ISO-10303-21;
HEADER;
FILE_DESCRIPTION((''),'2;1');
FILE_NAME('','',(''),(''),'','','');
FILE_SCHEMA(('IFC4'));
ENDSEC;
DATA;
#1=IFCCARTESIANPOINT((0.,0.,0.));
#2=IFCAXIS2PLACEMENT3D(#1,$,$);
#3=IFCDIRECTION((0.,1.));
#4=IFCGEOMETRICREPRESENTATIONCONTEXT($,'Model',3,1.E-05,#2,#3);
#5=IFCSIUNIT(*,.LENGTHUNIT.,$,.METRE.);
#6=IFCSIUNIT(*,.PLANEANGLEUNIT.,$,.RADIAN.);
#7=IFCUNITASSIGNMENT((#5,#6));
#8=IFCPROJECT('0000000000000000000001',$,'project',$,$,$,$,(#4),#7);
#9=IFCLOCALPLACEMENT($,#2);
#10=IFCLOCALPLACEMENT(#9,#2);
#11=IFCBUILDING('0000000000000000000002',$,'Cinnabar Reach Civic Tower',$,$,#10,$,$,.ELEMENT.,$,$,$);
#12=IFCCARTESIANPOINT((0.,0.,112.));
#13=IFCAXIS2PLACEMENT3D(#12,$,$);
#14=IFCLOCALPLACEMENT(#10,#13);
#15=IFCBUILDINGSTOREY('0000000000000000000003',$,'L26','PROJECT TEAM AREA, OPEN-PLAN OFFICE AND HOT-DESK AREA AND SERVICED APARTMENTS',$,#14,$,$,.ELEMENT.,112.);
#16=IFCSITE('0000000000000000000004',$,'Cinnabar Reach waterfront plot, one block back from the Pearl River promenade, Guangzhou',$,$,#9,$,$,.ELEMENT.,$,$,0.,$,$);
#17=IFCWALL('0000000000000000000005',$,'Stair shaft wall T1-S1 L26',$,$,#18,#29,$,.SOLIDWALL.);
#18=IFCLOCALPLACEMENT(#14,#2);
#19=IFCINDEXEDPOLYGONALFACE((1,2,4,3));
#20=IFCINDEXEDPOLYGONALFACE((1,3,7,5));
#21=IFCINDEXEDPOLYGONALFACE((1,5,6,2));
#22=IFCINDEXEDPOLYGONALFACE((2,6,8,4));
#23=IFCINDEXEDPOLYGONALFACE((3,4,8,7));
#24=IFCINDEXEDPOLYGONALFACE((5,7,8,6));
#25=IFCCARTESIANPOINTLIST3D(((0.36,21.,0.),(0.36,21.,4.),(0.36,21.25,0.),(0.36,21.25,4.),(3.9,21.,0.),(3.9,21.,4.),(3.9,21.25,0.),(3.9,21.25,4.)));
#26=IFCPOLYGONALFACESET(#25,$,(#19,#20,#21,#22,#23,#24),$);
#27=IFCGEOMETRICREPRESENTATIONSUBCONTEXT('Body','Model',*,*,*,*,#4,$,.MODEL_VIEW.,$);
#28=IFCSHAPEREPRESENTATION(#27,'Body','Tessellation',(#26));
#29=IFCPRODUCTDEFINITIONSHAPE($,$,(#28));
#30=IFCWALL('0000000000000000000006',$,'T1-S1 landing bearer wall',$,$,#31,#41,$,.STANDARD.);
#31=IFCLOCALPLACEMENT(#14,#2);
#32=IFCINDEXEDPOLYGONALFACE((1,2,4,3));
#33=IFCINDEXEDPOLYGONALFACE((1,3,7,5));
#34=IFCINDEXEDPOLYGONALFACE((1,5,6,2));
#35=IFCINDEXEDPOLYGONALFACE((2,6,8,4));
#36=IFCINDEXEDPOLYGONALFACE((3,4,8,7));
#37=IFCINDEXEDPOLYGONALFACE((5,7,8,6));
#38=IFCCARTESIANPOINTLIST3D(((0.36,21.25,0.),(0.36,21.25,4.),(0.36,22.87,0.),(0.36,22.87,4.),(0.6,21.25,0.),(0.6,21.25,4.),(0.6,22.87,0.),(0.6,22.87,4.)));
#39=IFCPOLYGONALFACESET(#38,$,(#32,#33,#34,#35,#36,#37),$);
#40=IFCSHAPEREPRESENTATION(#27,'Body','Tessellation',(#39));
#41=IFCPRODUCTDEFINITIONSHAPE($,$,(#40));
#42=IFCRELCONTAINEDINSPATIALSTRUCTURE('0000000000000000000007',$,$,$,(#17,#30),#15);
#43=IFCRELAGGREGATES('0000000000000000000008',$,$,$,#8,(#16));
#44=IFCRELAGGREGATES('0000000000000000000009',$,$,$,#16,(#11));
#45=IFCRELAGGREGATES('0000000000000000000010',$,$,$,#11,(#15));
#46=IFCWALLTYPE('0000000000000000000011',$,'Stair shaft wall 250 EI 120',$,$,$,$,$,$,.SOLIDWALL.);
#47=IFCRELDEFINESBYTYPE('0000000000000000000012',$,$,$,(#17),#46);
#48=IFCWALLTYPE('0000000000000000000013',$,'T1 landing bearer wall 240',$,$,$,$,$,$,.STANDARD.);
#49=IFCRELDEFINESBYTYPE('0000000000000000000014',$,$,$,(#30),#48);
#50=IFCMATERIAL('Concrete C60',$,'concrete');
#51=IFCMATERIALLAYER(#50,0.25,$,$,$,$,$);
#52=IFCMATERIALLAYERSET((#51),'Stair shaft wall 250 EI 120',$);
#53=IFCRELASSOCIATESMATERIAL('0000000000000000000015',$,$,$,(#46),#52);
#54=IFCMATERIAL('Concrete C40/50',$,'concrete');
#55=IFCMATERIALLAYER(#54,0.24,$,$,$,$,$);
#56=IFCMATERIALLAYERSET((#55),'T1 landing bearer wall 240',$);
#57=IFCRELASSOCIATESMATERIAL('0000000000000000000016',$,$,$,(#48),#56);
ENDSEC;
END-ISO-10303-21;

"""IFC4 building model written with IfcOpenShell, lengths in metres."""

from ifc_helpers import new_model, si_unit, direction, frame, frame_2d, origin, place, context, subcontext, project, spatial, rectangle, extrude, material, layer, layer_set, type_object, element, save


model = new_model("IFC4")

# Units and contexts
model_context = context("Model", 3, precision=1e-05, world=origin(), true_north=direction((0.0, 1.0)))
body_context = subcontext(model_context, "Body", "Model", "MODEL_VIEW")
ifc_project = project(units=[si_unit("LENGTHUNIT", "METRE"), si_unit("PLANEANGLEUNIT", "RADIAN")], contexts=[model_context])

# Site, building, storey
site_placement = place(None, origin())
site = spatial("IfcSite", under=ifc_project, at=site_placement, Name="Cinnabar Reach waterfront plot, one block back from the Pearl River promenade, Guangzhou", CompositionType="ELEMENT", RefElevation=0.0)
building_placement = place(site_placement, origin())
building = spatial("IfcBuilding", under=site, at=building_placement, Name="Cinnabar Reach Civic Tower", CompositionType="ELEMENT")
storey_placement = place(building_placement, frame((0.0, 0.0, 112.0)))
storey = spatial("IfcBuildingStorey", under=building, at=storey_placement, Name="L26", Description="PROJECT TEAM AREA, OPEN-PLAN OFFICE AND HOT-DESK AREA AND SERVICED APARTMENTS", CompositionType="ELEMENT", Elevation=112.0)

# Shared definitions
ifc_material_1 = material(Name="Concrete C40/50", Category="concrete")

# Walls
ifc_material_2 = material(Name="Concrete C60", Category="concrete")
ifc_layer_1 = layer(ifc_material_2, 0.25)
ifc_layer_set_1 = layer_set([ifc_layer_1], Name="Stair shaft wall 250 EI 120")
wall_type_1 = type_object("IfcWallType", Name="Stair shaft wall 250 EI 120", PredefinedType="SOLIDWALL", material=ifc_layer_set_1)
wall_1_placement = place(storey_placement, frame((0.36, 21.125, 0.0), z_axis=(0.0, 0.0, 1.0), x_axis=(1.0, 0.0, 0.0)))
element("IfcWall", 1, at=wall_1_placement, inside=storey, type_object=wall_type_1, Name="Stair shaft wall T1-S1 L26", PredefinedType="SOLIDWALL", context=body_context, shape_type="SweptSolid", body=[
    extrude(rectangle(XDim=3.54, YDim=0.25, at=frame_2d((1.77, 0.0))), origin(), (0.0, 0.0, 1.0), 4.0),
])
ifc_layer_2 = layer(ifc_material_1, 0.24)
ifc_layer_set_2 = layer_set([ifc_layer_2], Name="T1 landing bearer wall 240")
wall_type_2 = type_object("IfcWallType", Name="T1 landing bearer wall 240", PredefinedType="STANDARD", material=ifc_layer_set_2)
wall_2_placement = place(storey_placement, frame((0.48, 21.25, 0.0), z_axis=(0.0, 0.0, 1.0), x_axis=(0.0, 1.0, 0.0)))
element("IfcWall", 2, at=wall_2_placement, inside=storey, type_object=wall_type_2, Name="T1-S1 landing bearer wall", PredefinedType="STANDARD", context=body_context, shape_type="SweptSolid", body=[
    extrude(rectangle(XDim=1.62, YDim=0.24, at=frame_2d((0.81, 0.0))), origin(), (0.0, 0.0, 1.0), 4.0),
])

save(model, "model.ifc")
